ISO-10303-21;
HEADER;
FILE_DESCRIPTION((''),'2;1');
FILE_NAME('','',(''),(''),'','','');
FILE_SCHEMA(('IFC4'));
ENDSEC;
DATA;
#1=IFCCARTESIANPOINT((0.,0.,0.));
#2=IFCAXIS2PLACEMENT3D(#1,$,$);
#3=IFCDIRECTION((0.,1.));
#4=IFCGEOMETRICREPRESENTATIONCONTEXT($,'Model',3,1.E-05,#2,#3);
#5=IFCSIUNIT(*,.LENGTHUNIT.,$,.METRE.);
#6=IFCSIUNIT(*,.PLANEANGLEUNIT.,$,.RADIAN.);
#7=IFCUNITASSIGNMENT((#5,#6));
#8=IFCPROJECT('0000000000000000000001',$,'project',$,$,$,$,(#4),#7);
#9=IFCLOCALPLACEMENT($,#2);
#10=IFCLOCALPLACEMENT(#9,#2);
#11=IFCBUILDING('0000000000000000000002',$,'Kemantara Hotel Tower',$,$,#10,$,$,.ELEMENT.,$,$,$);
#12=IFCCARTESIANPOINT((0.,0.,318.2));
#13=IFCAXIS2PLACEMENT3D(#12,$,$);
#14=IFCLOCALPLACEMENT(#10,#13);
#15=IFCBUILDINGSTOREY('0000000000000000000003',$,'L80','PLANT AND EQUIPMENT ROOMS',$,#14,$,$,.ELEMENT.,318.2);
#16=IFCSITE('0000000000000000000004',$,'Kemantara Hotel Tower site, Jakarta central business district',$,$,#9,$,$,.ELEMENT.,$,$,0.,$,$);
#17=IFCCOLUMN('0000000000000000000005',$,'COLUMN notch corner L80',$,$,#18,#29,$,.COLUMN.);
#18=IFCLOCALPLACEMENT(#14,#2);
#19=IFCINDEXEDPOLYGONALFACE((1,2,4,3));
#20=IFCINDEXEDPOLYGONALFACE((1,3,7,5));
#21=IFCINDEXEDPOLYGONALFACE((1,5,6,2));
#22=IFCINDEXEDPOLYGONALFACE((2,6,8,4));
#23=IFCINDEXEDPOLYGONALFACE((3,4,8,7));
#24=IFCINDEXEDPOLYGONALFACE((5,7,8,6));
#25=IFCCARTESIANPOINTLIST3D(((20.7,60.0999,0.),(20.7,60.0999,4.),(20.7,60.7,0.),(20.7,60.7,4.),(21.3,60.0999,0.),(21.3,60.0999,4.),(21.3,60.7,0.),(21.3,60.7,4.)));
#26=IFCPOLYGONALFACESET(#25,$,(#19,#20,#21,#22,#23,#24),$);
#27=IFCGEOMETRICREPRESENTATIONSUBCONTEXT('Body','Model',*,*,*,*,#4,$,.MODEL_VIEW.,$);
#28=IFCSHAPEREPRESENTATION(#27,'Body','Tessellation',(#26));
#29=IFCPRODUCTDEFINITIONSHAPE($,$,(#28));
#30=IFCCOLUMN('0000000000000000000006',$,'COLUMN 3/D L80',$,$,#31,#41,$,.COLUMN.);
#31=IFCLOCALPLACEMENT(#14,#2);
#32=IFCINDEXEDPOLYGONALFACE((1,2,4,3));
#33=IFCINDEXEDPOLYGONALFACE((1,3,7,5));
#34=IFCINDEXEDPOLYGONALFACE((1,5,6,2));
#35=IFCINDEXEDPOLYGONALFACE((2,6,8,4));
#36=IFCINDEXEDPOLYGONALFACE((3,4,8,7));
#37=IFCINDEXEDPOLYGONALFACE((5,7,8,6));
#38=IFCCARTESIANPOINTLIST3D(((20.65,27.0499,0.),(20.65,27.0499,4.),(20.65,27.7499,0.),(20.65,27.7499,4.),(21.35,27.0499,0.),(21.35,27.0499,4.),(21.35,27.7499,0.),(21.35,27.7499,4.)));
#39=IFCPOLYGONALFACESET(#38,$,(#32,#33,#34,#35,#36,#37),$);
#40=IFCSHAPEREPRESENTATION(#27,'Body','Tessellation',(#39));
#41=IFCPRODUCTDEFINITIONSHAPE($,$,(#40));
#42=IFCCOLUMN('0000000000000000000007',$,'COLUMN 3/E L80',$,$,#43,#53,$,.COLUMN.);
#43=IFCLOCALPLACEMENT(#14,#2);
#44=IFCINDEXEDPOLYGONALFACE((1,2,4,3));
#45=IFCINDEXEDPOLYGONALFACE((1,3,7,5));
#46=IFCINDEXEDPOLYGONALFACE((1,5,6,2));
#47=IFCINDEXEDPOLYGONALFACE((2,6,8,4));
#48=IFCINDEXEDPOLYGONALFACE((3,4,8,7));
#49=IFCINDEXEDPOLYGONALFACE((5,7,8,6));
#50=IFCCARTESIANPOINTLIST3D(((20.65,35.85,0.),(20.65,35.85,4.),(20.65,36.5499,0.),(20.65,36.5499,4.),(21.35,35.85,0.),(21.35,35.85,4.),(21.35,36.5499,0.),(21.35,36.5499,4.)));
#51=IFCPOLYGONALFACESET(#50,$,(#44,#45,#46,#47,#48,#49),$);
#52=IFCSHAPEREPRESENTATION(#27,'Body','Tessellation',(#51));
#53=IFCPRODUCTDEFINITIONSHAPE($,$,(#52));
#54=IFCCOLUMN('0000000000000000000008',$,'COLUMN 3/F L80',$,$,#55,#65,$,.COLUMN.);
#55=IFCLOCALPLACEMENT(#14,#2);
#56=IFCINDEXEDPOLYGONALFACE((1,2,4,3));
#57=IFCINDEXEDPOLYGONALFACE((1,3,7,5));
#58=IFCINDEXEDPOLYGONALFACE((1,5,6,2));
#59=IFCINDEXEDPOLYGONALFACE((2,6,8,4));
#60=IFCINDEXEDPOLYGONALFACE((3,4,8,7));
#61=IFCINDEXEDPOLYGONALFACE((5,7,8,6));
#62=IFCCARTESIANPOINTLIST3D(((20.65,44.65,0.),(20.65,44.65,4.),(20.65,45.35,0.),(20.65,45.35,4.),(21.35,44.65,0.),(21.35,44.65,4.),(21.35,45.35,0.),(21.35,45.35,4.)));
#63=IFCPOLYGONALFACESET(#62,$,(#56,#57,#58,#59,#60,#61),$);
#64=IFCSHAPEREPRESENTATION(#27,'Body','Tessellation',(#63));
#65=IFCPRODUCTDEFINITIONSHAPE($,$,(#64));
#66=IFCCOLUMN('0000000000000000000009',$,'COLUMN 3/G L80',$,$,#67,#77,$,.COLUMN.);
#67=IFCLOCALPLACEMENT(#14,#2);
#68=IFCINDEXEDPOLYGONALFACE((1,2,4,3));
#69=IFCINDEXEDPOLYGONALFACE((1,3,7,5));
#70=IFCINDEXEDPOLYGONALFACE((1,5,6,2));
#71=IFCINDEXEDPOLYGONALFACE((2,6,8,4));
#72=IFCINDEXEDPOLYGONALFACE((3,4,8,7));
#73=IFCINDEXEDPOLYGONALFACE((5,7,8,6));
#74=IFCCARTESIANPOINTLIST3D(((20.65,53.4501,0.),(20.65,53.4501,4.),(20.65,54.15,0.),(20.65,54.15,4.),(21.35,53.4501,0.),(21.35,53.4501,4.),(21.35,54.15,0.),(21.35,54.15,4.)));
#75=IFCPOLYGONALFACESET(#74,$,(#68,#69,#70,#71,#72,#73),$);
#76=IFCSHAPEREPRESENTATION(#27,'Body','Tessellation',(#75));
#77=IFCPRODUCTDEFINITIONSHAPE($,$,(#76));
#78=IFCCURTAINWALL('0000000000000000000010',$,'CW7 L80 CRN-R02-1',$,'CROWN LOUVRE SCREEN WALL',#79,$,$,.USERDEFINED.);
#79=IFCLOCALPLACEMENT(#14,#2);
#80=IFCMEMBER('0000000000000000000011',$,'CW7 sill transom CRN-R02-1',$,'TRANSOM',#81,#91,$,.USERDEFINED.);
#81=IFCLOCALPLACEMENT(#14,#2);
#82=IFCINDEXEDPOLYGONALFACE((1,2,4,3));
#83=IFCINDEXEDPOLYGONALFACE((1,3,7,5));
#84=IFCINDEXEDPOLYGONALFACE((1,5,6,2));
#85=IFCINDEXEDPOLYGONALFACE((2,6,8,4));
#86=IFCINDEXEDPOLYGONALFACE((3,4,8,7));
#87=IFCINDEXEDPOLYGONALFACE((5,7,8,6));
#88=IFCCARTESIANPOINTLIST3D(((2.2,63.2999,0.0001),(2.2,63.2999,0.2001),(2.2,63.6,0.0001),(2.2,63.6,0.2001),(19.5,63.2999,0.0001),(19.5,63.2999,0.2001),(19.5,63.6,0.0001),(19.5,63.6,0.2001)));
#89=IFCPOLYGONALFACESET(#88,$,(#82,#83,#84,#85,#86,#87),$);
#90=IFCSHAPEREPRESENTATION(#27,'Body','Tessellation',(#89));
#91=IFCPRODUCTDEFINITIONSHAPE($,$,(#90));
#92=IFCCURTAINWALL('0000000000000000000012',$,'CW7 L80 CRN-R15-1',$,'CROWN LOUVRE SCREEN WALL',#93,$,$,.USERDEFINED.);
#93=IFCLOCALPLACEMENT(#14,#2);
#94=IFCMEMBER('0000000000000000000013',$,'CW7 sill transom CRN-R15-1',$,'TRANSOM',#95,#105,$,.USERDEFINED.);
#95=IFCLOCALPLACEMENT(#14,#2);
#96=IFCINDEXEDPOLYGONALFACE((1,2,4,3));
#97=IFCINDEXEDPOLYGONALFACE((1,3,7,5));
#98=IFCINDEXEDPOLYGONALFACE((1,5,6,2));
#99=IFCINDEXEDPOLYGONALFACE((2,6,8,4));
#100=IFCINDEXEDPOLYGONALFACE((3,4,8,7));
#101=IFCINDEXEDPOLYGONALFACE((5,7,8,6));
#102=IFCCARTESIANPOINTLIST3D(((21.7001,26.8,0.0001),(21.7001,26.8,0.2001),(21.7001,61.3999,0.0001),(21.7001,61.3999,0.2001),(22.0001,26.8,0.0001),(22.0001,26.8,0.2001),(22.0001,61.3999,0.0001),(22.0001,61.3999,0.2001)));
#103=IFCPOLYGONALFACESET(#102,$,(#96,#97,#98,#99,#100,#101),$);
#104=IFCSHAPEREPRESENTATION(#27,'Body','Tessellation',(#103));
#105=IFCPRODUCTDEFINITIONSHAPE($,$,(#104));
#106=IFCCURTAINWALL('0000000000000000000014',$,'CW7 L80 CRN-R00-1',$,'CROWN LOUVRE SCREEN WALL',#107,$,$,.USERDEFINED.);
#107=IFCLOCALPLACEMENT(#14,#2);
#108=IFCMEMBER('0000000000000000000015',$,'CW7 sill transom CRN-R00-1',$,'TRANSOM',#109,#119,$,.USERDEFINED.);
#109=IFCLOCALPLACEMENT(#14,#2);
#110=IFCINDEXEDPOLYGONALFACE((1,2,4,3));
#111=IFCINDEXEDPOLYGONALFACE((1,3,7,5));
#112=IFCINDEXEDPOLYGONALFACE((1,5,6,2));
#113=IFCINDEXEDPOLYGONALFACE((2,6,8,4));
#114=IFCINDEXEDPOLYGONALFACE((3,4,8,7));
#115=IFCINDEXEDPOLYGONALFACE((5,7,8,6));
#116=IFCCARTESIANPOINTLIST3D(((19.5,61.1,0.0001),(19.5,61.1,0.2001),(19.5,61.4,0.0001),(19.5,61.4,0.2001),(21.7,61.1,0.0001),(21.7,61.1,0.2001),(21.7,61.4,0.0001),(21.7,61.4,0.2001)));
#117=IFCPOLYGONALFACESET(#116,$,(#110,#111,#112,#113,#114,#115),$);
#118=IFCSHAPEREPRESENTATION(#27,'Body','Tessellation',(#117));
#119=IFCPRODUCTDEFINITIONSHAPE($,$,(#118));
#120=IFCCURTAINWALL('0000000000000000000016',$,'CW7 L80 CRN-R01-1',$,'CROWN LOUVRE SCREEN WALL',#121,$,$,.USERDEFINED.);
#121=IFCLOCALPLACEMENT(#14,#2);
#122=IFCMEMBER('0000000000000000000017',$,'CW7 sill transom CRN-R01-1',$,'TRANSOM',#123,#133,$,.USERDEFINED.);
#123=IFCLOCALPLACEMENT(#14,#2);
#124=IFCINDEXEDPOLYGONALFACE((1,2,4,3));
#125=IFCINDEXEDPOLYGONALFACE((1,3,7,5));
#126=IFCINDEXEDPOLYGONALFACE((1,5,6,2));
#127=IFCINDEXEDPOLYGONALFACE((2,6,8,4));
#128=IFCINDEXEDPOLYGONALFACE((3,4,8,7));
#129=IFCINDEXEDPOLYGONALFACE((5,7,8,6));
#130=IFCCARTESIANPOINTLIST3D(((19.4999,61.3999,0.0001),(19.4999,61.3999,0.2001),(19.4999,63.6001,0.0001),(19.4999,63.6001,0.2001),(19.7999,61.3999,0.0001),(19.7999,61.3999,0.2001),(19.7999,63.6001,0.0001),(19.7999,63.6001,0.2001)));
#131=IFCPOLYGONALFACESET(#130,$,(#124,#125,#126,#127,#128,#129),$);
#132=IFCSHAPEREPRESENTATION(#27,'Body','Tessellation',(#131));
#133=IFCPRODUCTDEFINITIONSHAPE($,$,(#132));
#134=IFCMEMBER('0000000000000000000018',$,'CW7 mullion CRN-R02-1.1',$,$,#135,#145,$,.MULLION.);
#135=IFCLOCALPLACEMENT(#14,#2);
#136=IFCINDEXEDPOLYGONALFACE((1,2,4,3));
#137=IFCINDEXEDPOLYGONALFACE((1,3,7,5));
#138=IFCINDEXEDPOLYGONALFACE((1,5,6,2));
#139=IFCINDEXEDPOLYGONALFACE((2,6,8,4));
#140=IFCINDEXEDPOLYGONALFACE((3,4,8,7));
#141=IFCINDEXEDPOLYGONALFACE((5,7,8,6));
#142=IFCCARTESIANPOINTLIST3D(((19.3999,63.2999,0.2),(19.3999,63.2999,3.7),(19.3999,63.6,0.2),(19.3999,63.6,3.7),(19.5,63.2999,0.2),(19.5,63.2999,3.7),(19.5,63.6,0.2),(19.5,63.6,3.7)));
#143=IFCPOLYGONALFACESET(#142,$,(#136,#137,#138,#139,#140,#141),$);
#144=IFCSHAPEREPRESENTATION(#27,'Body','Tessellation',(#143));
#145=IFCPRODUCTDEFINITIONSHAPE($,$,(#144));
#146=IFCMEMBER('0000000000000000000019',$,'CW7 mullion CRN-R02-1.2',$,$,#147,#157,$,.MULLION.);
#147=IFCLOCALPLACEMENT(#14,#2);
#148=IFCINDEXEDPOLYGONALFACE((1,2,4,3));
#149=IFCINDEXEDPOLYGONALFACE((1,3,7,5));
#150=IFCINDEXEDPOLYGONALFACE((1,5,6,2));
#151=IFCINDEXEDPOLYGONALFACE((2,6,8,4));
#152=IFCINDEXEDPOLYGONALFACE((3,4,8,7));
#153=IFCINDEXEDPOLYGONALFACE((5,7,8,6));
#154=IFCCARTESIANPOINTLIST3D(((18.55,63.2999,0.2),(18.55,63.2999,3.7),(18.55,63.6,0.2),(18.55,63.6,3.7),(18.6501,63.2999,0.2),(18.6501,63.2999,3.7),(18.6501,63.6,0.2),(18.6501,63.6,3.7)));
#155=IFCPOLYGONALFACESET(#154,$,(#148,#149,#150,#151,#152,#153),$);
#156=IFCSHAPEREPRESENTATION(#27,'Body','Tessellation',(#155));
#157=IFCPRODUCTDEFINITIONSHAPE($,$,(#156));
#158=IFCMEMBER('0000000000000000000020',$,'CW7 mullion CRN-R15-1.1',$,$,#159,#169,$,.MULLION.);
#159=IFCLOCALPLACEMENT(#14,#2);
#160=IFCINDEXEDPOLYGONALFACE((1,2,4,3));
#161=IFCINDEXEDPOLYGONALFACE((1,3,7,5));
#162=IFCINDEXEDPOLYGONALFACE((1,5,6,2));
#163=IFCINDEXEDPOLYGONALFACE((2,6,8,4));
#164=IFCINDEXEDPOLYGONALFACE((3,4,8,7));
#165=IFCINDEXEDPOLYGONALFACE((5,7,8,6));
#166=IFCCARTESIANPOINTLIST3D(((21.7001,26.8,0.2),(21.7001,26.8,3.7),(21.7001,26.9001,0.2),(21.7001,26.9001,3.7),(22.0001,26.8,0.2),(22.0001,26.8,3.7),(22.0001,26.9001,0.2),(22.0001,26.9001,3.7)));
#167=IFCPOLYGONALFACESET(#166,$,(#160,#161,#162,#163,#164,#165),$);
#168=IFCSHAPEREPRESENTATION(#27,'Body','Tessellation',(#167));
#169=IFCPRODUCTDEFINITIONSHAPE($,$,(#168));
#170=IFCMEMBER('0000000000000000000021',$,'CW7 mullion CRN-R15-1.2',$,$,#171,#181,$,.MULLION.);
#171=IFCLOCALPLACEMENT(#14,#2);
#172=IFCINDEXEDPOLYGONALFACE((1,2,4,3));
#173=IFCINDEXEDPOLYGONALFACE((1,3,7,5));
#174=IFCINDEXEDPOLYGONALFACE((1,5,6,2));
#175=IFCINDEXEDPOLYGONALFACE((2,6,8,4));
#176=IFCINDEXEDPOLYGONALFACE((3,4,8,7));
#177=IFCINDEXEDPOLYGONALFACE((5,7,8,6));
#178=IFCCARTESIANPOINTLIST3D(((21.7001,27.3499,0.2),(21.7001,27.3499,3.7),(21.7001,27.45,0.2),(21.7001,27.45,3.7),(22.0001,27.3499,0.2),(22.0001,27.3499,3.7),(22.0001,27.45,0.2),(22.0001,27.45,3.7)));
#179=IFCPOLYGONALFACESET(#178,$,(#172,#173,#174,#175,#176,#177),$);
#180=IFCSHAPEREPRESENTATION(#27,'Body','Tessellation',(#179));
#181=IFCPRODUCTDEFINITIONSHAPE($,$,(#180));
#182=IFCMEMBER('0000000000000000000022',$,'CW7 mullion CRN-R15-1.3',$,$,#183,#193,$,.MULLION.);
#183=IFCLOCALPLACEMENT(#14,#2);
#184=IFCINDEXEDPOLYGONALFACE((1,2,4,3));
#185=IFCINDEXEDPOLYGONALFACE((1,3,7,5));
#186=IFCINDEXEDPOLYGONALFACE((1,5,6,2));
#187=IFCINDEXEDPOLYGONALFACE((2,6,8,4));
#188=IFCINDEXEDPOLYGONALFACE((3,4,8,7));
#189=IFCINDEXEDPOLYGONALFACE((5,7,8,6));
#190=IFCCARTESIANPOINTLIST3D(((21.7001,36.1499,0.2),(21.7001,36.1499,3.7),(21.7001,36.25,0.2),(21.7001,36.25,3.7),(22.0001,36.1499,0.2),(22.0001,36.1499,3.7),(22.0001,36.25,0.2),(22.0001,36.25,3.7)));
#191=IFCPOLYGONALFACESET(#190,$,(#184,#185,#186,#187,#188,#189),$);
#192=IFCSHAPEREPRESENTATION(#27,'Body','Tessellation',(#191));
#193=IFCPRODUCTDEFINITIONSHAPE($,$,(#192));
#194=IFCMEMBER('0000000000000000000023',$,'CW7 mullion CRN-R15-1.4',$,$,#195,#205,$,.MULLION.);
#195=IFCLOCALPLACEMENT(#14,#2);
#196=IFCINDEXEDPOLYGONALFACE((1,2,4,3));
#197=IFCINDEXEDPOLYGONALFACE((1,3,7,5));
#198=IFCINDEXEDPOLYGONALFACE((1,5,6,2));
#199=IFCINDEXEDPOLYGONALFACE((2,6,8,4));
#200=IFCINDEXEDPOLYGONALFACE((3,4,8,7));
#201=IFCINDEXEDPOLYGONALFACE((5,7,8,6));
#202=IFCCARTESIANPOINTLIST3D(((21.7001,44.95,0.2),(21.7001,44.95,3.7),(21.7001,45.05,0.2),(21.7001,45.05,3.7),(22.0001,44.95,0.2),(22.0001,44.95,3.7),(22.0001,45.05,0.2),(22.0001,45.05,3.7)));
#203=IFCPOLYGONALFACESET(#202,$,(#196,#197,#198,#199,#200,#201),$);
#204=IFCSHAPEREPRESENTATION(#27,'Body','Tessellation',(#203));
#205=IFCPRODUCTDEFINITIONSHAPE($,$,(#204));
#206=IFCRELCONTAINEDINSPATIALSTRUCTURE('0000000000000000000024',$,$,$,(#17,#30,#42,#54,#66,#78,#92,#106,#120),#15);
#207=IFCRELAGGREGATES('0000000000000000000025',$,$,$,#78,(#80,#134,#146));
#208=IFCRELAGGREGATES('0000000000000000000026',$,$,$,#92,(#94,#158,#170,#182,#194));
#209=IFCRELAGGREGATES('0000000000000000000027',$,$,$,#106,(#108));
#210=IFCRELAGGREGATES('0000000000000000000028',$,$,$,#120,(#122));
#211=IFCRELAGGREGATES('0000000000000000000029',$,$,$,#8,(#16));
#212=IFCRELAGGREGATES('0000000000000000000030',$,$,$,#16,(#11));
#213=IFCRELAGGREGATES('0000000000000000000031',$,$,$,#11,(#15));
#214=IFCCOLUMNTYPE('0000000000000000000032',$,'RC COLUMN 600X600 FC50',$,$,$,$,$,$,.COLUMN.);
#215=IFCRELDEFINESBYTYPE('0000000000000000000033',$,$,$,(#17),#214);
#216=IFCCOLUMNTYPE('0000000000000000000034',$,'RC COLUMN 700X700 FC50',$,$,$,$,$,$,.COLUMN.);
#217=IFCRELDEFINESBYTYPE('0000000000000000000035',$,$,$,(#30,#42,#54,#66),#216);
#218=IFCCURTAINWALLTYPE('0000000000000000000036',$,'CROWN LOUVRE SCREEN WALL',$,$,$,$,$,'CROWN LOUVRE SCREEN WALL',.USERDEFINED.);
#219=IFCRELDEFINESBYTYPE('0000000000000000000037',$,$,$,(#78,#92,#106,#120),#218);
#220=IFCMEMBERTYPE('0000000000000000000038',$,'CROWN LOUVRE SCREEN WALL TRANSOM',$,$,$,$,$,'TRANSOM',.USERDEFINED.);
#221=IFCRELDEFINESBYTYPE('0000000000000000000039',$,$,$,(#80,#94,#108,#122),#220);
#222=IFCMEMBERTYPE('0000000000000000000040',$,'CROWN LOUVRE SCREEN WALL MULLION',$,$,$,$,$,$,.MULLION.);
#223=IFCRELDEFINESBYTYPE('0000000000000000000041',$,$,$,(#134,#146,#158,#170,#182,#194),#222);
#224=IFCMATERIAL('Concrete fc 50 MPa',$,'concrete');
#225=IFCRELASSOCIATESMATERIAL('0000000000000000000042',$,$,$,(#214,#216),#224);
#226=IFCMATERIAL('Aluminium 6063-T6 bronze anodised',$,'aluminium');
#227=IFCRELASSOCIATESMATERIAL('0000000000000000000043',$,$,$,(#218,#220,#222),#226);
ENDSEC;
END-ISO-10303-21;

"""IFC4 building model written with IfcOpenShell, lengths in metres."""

from ifc_helpers import new_model, si_unit, direction, frame, origin, origin_2d, place, context, subcontext, project, spatial, rectangle, extrude, source, transform, mapped, material, material_profile, profile_set, type_object, element, aggregate, save


model = new_model("IFC4")

# Units and contexts
model_context = context("Model", 3, precision=1e-05, world=origin(), true_north=direction((0.0, 1.0)))
body_context = subcontext(model_context, "Body", "Model", "MODEL_VIEW")
ifc_project = project(units=[si_unit("LENGTHUNIT", "METRE"), si_unit("PLANEANGLEUNIT", "RADIAN")], contexts=[model_context])

# Site, building, storey
site_placement = place(None, origin())
site = spatial("IfcSite", under=ifc_project, at=site_placement, Name="Kemantara Hotel Tower site, Jakarta central business district", CompositionType="ELEMENT", RefElevation=0.0)
building_placement = place(site_placement, origin())
building = spatial("IfcBuilding", under=site, at=building_placement, Name="Kemantara Hotel Tower", CompositionType="ELEMENT")
storey_placement = place(building_placement, frame((0.0, 0.0, 318.2)))
storey = spatial("IfcBuildingStorey", under=building, at=storey_placement, Name="L80", Description="PLANT AND EQUIPMENT ROOMS", CompositionType="ELEMENT", Elevation=318.2)

# Columns
ifc_material_1 = material(Name="Concrete fc 50 MPa", Category="concrete")
ifc_material_profile_1 = material_profile(ifc_material_1, rectangle(XDim=0.6001, YDim=0.6001, at=origin_2d()), Name="RC 600X600")
ifc_profile_set_1 = profile_set([ifc_material_profile_1], Name="Concrete fc 50 MPa")
column_type_1 = type_object("IfcColumnType", Name="RC COLUMN 600X600 FC50", PredefinedType="COLUMN", material=ifc_profile_set_1)
column_placement = place(storey_placement, frame((21.0, 60.3999, 0.0), z_axis=(0.0, 0.0, 1.0), x_axis=(1.0, 0.0, 0.0)))
element("IfcColumn", 1, at=column_placement, inside=storey, type_object=column_type_1, Name="COLUMN notch corner L80", PredefinedType="COLUMN", context=body_context, shape_type="SweptSolid", body=[
    extrude(rectangle(XDim=0.6001, YDim=0.6001, at=origin_2d()), origin(), (0.0, 0.0, 1.0), 4.0),
])
ifc_material_profile_2 = material_profile(ifc_material_1, rectangle(XDim=0.7, YDim=0.7, at=origin_2d()), Name="RC 700X700")
ifc_profile_set_2 = profile_set([ifc_material_profile_2], Name="Concrete fc 50 MPa")
column_type_2 = type_object("IfcColumnType", Name="RC COLUMN 700X700 FC50", PredefinedType="COLUMN", material=ifc_profile_set_2)
for number, where, z_axis, x_axis, name in (
    (2, (21.0, 27.3999, 0.0), (0.0, 0.0, 1.0), (1.0, 0.0, 0.0), "COLUMN 3/D L80"),
    (3, (21.0, 36.2, 0.0), (0.0, 0.0, 1.0), (1.0, 0.0, 0.0), "COLUMN 3/E L80"),
    (4, (21.0, 45.0, 0.0), (0.0, 0.0, 1.0), (1.0, 0.0, 0.0), "COLUMN 3/F L80"),
    (5, (21.0, 53.8, 0.0), (0.0, 0.0, 1.0), (1.0, 0.0, 0.0), "COLUMN 3/G L80"),
):
    element("IfcColumn", number, at=place(storey_placement, frame(where, z_axis=z_axis, x_axis=x_axis)), inside=storey, type_object=column_type_2, Name=name, PredefinedType="COLUMN", context=body_context, shape_type="SweptSolid", body=[
        extrude(rectangle(XDim=0.7, YDim=0.7, at=origin_2d()), origin(), (0.0, 0.0, 1.0), 4.0),
    ])

# Curtain walls, members
ifc_material_2 = material(Name="Aluminium 6063-T6 bronze anodised", Category="aluminium")
curtain_wall_type = type_object("IfcCurtainWallType", Name="CROWN LOUVRE SCREEN WALL", ElementType="CROWN LOUVRE SCREEN WALL", PredefinedType="USERDEFINED", material=ifc_material_2)
curtain_wall_1_placement = place(storey_placement, origin())
curtain_wall_1 = element("IfcCurtainWall", 6, at=curtain_wall_1_placement, inside=storey, type_object=curtain_wall_type, Name="CW7 L80 CRN-R02-1", ObjectType="CROWN LOUVRE SCREEN WALL", PredefinedType="USERDEFINED")
ifc_material_profile_3 = material_profile(ifc_material_2, rectangle(XDim=0.3, YDim=0.2, at=origin_2d()), Name="CROWN LOUVRE SCREEN WALL TRANSOM")
ifc_profile_set_3 = profile_set([ifc_material_profile_3], Name="Aluminium 6063-T6 bronze anodised")
member_type_1 = type_object("IfcMemberType", Name="CROWN LOUVRE SCREEN WALL TRANSOM", ElementType="TRANSOM", PredefinedType="USERDEFINED", material=ifc_profile_set_3)
member_1_placement = place(storey_placement, frame((19.5, 63.45, 0.1001), z_axis=(-1.0, 0.0, 0.0), x_axis=(0.0, -1.0, 0.0)))
member_1 = element("IfcMember", 7, at=member_1_placement, type_object=member_type_1, Name="CW7 sill transom CRN-R02-1", ObjectType="TRANSOM", PredefinedType="USERDEFINED", context=body_context, shape_type="SweptSolid", body=[
    extrude(rectangle(XDim=0.3, YDim=0.2, at=origin_2d()), origin(), (0.0, 0.0, 1.0), 17.3),
])
curtain_wall_2_placement = place(storey_placement, origin())
curtain_wall_2 = element("IfcCurtainWall", 8, at=curtain_wall_2_placement, inside=storey, type_object=curtain_wall_type, Name="CW7 L80 CRN-R15-1", ObjectType="CROWN LOUVRE SCREEN WALL", PredefinedType="USERDEFINED")
member_2_placement = place(storey_placement, frame((21.8501, 26.8, 0.1001), z_axis=(0.0, 1.0, 0.0), x_axis=(-1.0, 0.0, 0.0)))
member_2 = element("IfcMember", 9, at=member_2_placement, type_object=member_type_1, Name="CW7 sill transom CRN-R15-1", ObjectType="TRANSOM", PredefinedType="USERDEFINED", context=body_context, shape_type="SweptSolid", body=[
    extrude(rectangle(XDim=0.3, YDim=0.2, at=origin_2d()), origin(), (0.0, 0.0, 1.0), 34.5999),
])
curtain_wall_3_placement = place(storey_placement, origin())
curtain_wall_3 = element("IfcCurtainWall", 10, at=curtain_wall_3_placement, inside=storey, type_object=curtain_wall_type, Name="CW7 L80 CRN-R00-1", ObjectType="CROWN LOUVRE SCREEN WALL", PredefinedType="USERDEFINED")
member_3_placement = place(storey_placement, frame((21.7, 61.25, 0.1001), z_axis=(-1.0, 0.0, 0.0), x_axis=(0.0, -1.0, 0.0)))
member_3 = element("IfcMember", 11, at=member_3_placement, type_object=member_type_1, Name="CW7 sill transom CRN-R00-1", ObjectType="TRANSOM", PredefinedType="USERDEFINED", context=body_context, shape_type="SweptSolid", body=[
    extrude(rectangle(XDim=0.3, YDim=0.2, at=origin_2d()), origin(), (0.0, 0.0, 1.0), 2.2),
])
curtain_wall_4_placement = place(storey_placement, origin())
curtain_wall_4 = element("IfcCurtainWall", 12, at=curtain_wall_4_placement, inside=storey, type_object=curtain_wall_type, Name="CW7 L80 CRN-R01-1", ObjectType="CROWN LOUVRE SCREEN WALL", PredefinedType="USERDEFINED")
member_4_placement = place(storey_placement, frame((19.6499, 61.3999, 0.1001), z_axis=(0.0, 1.0, 0.0), x_axis=(-1.0, 0.0, 0.0)))
member_4 = element("IfcMember", 13, at=member_4_placement, type_object=member_type_1, Name="CW7 sill transom CRN-R01-1", ObjectType="TRANSOM", PredefinedType="USERDEFINED", context=body_context, shape_type="SweptSolid", body=[
    extrude(rectangle(XDim=0.3, YDim=0.2, at=origin_2d()), origin(), (0.0, 0.0, 1.0), 2.2002),
])

# Members
ifc_material_profile_4 = material_profile(ifc_material_2, rectangle(XDim=0.3, YDim=0.1001, at=origin_2d()), Name="CROWN LOUVRE SCREEN WALL MULLION")
ifc_profile_set_4 = profile_set([ifc_material_profile_4], Name="Aluminium 6063-T6 bronze anodised")
member_type_2 = type_object("IfcMemberType", Name="CROWN LOUVRE SCREEN WALL MULLION", PredefinedType="MULLION", material=ifc_profile_set_4)
shared_shape_1 = source(origin(), body_context, "Body", "SweptSolid", [
    extrude(rectangle(XDim=0.3, YDim=0.1001, at=origin_2d()), origin(), (0.0, 0.0, 1.0), 3.5),
])
member_5_placement = place(storey_placement, frame((19.45, 63.45, 0.2), z_axis=(0.0, 0.0, 1.0), x_axis=(0.0, -1.0, 0.0)))
member_5 = element("IfcMember", 14, at=member_5_placement, type_object=member_type_2, Name="CW7 mullion CRN-R02-1.1", PredefinedType="MULLION", context=body_context, shape_type="MappedRepresentation", body=[
    mapped(shared_shape_1, transform((0.0, 0.0, 0.0))),
])
member_6_placement = place(storey_placement, frame((18.6001, 63.45, 0.2), z_axis=(0.0, 0.0, 1.0), x_axis=(0.0, -1.0, 0.0)))
member_6 = element("IfcMember", 15, at=member_6_placement, type_object=member_type_2, Name="CW7 mullion CRN-R02-1.2", PredefinedType="MULLION", context=body_context, shape_type="MappedRepresentation", body=[
    mapped(shared_shape_1, transform((0.0, 0.0, 0.0))),
])
member_7_placement = place(storey_placement, frame((21.8501, 26.8501, 0.2), z_axis=(0.0, 0.0, 1.0), x_axis=(-1.0, 0.0, 0.0)))
member_7 = element("IfcMember", 16, at=member_7_placement, type_object=member_type_2, Name="CW7 mullion CRN-R15-1.1", PredefinedType="MULLION", context=body_context, shape_type="MappedRepresentation", body=[
    mapped(shared_shape_1, transform((0.0, 0.0, 0.0))),
])
member_8_placement = place(storey_placement, frame((21.8501, 27.3999, 0.2), z_axis=(0.0, 0.0, 1.0), x_axis=(-1.0, 0.0, 0.0)))
member_8 = element("IfcMember", 17, at=member_8_placement, type_object=member_type_2, Name="CW7 mullion CRN-R15-1.2", PredefinedType="MULLION", context=body_context, shape_type="MappedRepresentation", body=[
    mapped(shared_shape_1, transform((0.0, 0.0, 0.0))),
])
member_9_placement = place(storey_placement, frame((21.8501, 36.2, 0.2), z_axis=(0.0, 0.0, 1.0), x_axis=(-1.0, 0.0, 0.0)))
member_9 = element("IfcMember", 18, at=member_9_placement, type_object=member_type_2, Name="CW7 mullion CRN-R15-1.3", PredefinedType="MULLION", context=body_context, shape_type="MappedRepresentation", body=[
    mapped(shared_shape_1, transform((0.0, 0.0, 0.0))),
])
member_10_placement = place(storey_placement, frame((21.8501, 45.0, 0.2), z_axis=(0.0, 0.0, 1.0), x_axis=(-1.0, 0.0, 0.0)))
member_10 = element("IfcMember", 19, at=member_10_placement, type_object=member_type_2, Name="CW7 mullion CRN-R15-1.4", PredefinedType="MULLION", context=body_context, shape_type="MappedRepresentation", body=[
    mapped(shared_shape_1, transform((0.0, 0.0, 0.0))),
])

aggregate(curtain_wall_1, [member_1, member_5, member_6])
aggregate(curtain_wall_2, [member_2, member_7, member_8, member_9, member_10])
aggregate(curtain_wall_3, [member_3])
aggregate(curtain_wall_4, [member_4])

save(model, "model.ifc")
